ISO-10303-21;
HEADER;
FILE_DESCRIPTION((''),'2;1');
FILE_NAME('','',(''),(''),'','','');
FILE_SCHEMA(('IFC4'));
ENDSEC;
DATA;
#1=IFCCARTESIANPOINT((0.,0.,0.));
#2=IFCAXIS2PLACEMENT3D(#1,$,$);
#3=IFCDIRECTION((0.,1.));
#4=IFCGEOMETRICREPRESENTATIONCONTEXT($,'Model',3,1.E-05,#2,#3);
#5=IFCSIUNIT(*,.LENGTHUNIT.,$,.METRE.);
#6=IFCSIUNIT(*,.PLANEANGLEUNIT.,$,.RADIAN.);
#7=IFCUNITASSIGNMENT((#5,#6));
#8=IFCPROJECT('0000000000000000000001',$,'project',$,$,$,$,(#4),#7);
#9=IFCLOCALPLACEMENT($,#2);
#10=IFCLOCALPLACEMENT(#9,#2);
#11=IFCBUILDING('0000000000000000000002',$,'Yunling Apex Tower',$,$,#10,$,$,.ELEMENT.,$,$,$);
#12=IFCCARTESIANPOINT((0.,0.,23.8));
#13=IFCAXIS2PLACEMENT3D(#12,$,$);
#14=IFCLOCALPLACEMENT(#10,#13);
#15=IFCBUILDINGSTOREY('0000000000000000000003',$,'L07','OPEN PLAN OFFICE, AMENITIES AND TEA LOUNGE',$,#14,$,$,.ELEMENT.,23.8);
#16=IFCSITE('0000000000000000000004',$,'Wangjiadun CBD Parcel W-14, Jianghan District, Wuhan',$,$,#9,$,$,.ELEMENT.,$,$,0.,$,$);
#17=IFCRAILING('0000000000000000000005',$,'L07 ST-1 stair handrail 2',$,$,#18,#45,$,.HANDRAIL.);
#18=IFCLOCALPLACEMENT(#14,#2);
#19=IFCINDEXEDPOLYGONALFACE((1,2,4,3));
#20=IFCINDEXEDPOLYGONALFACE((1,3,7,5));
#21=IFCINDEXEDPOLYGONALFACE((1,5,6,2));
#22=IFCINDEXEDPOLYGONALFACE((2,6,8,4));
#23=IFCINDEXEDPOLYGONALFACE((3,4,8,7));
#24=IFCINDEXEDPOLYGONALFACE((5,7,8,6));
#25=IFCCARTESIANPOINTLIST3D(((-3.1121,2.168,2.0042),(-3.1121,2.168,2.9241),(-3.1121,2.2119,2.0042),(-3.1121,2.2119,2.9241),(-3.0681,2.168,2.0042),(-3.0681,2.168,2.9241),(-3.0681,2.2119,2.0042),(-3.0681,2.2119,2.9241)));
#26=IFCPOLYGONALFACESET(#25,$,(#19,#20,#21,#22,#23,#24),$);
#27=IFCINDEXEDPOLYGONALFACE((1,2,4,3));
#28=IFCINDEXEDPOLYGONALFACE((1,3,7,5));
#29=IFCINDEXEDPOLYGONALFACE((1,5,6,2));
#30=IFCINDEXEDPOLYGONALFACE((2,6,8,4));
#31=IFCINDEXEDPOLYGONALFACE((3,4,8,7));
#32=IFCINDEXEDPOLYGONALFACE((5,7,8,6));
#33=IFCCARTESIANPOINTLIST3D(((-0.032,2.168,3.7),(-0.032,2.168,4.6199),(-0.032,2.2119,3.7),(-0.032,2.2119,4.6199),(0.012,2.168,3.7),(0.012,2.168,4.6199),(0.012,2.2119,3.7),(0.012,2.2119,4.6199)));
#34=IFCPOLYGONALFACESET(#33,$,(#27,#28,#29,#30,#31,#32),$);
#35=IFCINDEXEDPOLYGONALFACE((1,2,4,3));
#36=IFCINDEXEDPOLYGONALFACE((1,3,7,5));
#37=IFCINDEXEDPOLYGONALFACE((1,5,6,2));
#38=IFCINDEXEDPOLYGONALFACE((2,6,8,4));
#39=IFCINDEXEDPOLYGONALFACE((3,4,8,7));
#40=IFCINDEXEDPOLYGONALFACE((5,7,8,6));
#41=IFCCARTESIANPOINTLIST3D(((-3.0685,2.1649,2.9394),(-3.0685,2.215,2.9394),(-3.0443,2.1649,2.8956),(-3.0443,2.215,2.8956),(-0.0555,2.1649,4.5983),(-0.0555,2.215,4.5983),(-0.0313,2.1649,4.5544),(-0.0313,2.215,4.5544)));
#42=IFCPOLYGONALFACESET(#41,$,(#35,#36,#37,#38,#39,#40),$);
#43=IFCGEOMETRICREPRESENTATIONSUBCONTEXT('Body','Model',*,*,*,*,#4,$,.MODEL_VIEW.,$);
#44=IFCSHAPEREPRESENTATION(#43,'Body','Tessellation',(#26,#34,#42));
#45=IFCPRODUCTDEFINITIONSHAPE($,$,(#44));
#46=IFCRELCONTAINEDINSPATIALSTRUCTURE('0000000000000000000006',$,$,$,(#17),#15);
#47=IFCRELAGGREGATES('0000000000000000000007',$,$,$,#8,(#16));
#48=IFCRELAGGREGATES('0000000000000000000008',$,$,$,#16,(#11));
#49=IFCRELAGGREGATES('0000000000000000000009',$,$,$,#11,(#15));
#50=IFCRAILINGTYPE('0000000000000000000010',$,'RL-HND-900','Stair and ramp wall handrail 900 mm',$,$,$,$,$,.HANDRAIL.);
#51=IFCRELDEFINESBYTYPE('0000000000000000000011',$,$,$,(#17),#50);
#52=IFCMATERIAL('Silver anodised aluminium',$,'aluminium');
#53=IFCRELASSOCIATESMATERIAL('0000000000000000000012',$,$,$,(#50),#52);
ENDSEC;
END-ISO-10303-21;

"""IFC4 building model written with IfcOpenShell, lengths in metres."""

from ifc_helpers import new_model, si_unit, direction, frame, origin, origin_2d, place, context, subcontext, project, spatial, rectangle, extrude, material, type_object, element, save


model = new_model("IFC4")

# Units and contexts
model_context = context("Model", 3, precision=1e-05, world=origin(), true_north=direction((0.0, 1.0)))
body_context = subcontext(model_context, "Body", "Model", "MODEL_VIEW")
ifc_project = project(units=[si_unit("LENGTHUNIT", "METRE"), si_unit("PLANEANGLEUNIT", "RADIAN")], contexts=[model_context])

# Site, building, storey
site_placement = place(None, origin())
site = spatial("IfcSite", under=ifc_project, at=site_placement, Name="Wangjiadun CBD Parcel W-14, Jianghan District, Wuhan", CompositionType="ELEMENT", RefElevation=0.0)
building_placement = place(site_placement, origin())
building = spatial("IfcBuilding", under=site, at=building_placement, Name="Yunling Apex Tower", CompositionType="ELEMENT")
storey_placement = place(building_placement, frame((0.0, 0.0, 23.8)))
storey = spatial("IfcBuildingStorey", under=building, at=storey_placement, Name="L07", Description="OPEN PLAN OFFICE, AMENITIES AND TEA LOUNGE", CompositionType="ELEMENT", Elevation=23.8)

# Shared definitions
ifc_material_1 = material(Name="Silver anodised aluminium", Category="aluminium")

# Railing
railing_type_1 = type_object("IfcRailingType", Name="RL-HND-900", Description="Stair and ramp wall handrail 900 mm", PredefinedType="HANDRAIL", material=ifc_material_1)
railing_1_placement = place(storey_placement, frame((-3.0901, 2.1899, 2.0042)))
element("IfcRailing", 1, at=railing_1_placement, inside=storey, type_object=railing_type_1, Name="L07 ST-1 stair handrail 2", PredefinedType="HANDRAIL", context=body_context, shape_type="SweptSolid", body=[
    extrude(rectangle(XDim=0.0439, YDim=0.0439, at=origin_2d()), origin(), (0.0, 0.0, 1.0), 0.9199),
    extrude(rectangle(XDim=0.0439, YDim=0.0439, at=origin_2d()), frame((3.0801, 0.0, 1.6958)), (0.0, 0.0, 1.0), 0.9199),
    extrude(rectangle(XDim=0.05, YDim=0.05, at=origin_2d()), frame((0.0337, 0.0, 0.9133), z_axis=(0.876005, 0.0, 0.482303), x_axis=(0.0, 1.0, 0.0)), (0.0, 0.0, 1.0), 3.4395),
])

save(model, "model.ifc")
